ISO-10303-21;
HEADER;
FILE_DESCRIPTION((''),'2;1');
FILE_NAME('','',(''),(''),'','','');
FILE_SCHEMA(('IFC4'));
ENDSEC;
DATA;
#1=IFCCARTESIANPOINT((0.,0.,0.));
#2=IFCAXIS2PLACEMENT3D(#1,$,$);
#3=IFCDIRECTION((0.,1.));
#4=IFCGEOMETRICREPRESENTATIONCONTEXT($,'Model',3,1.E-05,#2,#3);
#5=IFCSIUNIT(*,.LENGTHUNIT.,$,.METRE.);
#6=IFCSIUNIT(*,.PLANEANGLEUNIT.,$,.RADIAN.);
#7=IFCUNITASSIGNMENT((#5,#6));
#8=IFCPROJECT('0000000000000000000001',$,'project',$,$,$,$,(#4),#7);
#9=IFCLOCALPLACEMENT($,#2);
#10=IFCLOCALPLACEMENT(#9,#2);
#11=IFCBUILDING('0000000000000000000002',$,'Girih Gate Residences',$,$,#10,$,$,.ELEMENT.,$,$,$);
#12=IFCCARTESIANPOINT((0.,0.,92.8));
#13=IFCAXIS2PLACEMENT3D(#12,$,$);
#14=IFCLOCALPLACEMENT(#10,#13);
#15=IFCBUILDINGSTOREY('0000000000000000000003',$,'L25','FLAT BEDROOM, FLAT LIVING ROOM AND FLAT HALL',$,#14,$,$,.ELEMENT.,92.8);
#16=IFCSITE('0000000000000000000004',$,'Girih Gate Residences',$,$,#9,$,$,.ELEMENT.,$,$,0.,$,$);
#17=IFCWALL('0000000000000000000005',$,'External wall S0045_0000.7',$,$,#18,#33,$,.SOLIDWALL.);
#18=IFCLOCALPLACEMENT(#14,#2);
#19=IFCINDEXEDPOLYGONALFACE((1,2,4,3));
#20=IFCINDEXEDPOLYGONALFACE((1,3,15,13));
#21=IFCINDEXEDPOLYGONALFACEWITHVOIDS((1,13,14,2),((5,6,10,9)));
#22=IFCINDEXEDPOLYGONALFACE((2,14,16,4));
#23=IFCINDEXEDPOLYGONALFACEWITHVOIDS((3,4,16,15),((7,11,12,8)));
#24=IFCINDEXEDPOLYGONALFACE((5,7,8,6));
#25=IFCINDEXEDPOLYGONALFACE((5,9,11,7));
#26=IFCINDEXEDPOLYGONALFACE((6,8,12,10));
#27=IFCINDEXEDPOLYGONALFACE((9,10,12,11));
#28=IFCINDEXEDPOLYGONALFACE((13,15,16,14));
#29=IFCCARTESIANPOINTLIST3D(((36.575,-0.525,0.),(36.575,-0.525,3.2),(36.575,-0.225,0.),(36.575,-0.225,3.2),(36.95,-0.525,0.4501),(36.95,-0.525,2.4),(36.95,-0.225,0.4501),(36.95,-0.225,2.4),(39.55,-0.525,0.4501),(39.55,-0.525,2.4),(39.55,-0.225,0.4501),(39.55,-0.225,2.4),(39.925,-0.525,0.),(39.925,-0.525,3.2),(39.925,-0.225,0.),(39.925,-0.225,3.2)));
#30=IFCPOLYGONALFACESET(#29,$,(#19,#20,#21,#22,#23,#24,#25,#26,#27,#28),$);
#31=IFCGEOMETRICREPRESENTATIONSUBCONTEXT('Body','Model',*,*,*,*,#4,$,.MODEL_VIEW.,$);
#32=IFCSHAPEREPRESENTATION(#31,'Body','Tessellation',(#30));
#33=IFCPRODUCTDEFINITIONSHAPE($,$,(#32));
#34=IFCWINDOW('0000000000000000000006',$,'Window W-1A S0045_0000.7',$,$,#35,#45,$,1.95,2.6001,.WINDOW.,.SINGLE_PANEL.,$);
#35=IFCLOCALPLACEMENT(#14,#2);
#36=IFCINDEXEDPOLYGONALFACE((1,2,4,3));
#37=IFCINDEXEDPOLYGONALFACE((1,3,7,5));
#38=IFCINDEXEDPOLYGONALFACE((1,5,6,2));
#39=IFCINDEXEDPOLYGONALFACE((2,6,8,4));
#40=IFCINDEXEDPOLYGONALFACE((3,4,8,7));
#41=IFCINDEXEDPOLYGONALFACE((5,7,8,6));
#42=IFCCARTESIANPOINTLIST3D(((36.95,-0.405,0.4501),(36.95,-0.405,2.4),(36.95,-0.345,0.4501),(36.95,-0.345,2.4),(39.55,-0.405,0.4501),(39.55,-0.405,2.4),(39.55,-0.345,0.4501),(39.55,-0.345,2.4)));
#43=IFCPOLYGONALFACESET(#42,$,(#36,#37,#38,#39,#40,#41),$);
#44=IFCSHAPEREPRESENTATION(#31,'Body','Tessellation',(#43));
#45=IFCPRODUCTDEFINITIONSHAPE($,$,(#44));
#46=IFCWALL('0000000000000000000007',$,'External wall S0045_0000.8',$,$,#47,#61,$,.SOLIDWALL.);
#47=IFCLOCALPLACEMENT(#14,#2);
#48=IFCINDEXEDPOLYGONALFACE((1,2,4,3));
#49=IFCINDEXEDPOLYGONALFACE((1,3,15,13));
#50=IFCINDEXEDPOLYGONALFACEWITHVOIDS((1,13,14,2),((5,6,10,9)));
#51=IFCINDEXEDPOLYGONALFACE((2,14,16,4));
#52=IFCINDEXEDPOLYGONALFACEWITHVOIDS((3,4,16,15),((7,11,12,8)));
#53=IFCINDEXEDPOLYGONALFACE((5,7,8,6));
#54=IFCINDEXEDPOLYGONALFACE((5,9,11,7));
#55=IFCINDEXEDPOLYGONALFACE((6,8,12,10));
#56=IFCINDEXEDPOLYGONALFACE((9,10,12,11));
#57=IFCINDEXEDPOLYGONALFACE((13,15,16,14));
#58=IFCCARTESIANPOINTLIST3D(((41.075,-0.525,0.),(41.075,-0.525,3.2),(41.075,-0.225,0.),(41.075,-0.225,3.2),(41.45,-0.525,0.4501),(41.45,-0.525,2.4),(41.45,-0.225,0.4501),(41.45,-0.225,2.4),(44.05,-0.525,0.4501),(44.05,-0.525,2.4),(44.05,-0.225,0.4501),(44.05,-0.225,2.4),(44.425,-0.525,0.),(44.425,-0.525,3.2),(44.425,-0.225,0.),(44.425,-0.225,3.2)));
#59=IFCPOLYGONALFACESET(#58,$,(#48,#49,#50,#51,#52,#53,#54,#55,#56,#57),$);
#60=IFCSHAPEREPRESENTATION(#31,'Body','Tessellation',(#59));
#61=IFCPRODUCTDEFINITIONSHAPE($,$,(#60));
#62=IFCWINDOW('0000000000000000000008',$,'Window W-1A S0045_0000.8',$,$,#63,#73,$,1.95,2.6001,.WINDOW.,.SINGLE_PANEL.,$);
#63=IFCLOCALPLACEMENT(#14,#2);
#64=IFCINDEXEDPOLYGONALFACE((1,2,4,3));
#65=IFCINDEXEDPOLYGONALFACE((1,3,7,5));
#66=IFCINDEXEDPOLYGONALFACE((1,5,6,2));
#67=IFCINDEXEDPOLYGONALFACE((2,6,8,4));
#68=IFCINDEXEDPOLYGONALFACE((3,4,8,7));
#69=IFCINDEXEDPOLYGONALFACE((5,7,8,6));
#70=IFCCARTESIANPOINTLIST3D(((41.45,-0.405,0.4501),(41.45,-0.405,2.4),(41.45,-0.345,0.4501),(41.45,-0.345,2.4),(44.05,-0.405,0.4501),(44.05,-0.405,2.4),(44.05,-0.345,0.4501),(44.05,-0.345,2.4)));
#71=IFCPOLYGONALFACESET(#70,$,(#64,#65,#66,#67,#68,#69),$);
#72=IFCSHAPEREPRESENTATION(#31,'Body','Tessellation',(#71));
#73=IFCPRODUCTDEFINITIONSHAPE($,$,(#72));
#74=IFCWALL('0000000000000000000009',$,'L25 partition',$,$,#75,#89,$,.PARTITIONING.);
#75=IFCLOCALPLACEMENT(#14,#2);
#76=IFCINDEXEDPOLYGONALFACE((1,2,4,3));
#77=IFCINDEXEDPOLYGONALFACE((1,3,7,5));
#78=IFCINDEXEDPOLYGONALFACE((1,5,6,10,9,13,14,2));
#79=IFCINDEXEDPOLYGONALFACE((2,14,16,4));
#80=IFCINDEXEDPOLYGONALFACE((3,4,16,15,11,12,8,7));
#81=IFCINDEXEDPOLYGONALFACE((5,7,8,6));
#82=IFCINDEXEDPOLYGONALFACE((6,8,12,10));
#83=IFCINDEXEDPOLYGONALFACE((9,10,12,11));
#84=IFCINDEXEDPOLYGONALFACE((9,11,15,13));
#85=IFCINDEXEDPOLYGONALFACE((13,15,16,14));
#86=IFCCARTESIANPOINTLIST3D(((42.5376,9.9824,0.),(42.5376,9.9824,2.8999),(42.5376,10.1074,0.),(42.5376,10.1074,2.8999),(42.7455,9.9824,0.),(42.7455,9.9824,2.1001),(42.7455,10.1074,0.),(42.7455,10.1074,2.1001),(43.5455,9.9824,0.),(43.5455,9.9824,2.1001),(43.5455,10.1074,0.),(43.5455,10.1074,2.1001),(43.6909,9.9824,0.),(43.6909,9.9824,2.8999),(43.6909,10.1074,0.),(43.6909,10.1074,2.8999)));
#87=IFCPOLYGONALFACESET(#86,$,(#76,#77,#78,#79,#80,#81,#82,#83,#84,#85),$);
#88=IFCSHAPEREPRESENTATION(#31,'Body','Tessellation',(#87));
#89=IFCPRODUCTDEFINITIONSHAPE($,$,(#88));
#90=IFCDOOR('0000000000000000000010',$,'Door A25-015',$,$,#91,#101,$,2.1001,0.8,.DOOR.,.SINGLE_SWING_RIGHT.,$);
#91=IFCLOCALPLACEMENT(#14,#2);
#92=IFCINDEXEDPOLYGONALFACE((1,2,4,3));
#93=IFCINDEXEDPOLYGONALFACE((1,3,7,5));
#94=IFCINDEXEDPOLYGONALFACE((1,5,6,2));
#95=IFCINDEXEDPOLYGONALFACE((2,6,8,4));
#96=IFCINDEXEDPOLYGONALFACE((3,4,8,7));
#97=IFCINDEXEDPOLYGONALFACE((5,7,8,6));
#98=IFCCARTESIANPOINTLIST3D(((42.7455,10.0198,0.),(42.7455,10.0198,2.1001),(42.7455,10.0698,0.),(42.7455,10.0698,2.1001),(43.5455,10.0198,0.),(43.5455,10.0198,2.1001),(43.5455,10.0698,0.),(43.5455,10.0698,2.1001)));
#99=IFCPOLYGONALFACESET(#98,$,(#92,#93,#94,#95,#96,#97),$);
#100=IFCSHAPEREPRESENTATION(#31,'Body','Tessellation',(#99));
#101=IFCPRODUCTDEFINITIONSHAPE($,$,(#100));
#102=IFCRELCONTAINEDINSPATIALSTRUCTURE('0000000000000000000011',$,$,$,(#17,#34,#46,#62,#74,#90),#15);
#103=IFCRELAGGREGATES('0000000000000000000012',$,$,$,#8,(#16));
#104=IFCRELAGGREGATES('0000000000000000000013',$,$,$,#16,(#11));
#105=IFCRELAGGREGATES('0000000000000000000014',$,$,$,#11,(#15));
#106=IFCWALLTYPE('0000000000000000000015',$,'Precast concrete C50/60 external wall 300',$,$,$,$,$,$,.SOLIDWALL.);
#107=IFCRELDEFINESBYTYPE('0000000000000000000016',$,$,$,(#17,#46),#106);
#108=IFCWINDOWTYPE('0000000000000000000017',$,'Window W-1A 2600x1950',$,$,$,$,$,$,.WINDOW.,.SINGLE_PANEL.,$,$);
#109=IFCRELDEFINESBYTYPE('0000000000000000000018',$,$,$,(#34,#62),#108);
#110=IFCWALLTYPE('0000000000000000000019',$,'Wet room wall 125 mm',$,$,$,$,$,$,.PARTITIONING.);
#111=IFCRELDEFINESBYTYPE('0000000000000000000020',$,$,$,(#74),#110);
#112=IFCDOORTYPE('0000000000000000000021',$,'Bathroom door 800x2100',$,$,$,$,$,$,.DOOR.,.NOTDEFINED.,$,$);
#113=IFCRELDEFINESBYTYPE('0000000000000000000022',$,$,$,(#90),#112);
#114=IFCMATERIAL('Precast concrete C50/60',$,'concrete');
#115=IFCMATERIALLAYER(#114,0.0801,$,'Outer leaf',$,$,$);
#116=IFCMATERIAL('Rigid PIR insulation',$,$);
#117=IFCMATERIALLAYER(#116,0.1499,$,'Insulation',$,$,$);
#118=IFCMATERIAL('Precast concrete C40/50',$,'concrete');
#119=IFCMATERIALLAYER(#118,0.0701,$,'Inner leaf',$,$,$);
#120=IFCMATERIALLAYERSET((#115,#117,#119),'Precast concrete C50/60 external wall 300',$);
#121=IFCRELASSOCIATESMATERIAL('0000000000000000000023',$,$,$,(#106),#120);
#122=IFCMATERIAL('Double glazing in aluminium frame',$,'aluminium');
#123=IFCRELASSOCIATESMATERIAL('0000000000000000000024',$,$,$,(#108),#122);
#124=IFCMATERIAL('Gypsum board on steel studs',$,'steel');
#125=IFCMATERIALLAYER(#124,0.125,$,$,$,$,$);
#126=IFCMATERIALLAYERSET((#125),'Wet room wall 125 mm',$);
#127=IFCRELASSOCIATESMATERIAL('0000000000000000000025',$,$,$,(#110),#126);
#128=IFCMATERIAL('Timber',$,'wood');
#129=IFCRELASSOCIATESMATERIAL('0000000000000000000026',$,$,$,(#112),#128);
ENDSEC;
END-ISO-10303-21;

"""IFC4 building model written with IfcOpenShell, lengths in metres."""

from ifc_helpers import new_model, si_unit, direction, frame, frame_2d, origin, place, context, subcontext, project, spatial, rectangle, extrude, material, layer, layer_set, type_object, element, fill, save


model = new_model("IFC4")

# Units and contexts
model_context = context("Model", 3, precision=1e-05, world=origin(), true_north=direction((0.0, 1.0)))
body_context = subcontext(model_context, "Body", "Model", "MODEL_VIEW")
ifc_project = project(units=[si_unit("LENGTHUNIT", "METRE"), si_unit("PLANEANGLEUNIT", "RADIAN")], contexts=[model_context])

# Site, building, storey
site_placement = place(None, origin())
site = spatial("IfcSite", under=ifc_project, at=site_placement, Name="Girih Gate Residences", CompositionType="ELEMENT", RefElevation=0.0)
building_placement = place(site_placement, origin())
building = spatial("IfcBuilding", under=site, at=building_placement, Name="Girih Gate Residences", CompositionType="ELEMENT")
storey_placement = place(building_placement, frame((0.0, 0.0, 92.8)))
storey = spatial("IfcBuildingStorey", under=building, at=storey_placement, Name="L25", Description="FLAT BEDROOM, FLAT LIVING ROOM AND FLAT HALL", CompositionType="ELEMENT", Elevation=92.8)

# Shared definitions
ifc_material_1 = material(Name="Gypsum board on steel studs", Category="steel")
ifc_material_2 = material(Name="Timber", Category="wood")

# Walls, openings, windows
ifc_material_3 = material(Name="Precast concrete C50/60", Category="concrete")
ifc_layer_1 = layer(ifc_material_3, 0.0801, Name="Outer leaf")
ifc_material_4 = material(Name="Rigid PIR insulation")
ifc_layer_2 = layer(ifc_material_4, 0.1499, Name="Insulation")
ifc_material_5 = material(Name="Precast concrete C40/50", Category="concrete")
ifc_layer_3 = layer(ifc_material_5, 0.0701, Name="Inner leaf")
ifc_layer_set_1 = layer_set([ifc_layer_1, ifc_layer_2, ifc_layer_3], Name="Precast concrete C50/60 external wall 300")
wall_type_1 = type_object("IfcWallType", Name="Precast concrete C50/60 external wall 300", PredefinedType="SOLIDWALL", material=ifc_layer_set_1)
wall_1_placement = place(storey_placement, frame((39.925, -0.375, 0.0), z_axis=(0.0, 0.0, 1.0), x_axis=(-1.0, 0.0, 0.0)))
wall_1 = element("IfcWall", 1, at=wall_1_placement, inside=storey, type_object=wall_type_1, Name="External wall S0045_0000.7", PredefinedType="SOLIDWALL", context=body_context, shape_type="SweptSolid", body=[
    extrude(rectangle(XDim=3.3501, YDim=0.3, at=frame_2d((1.675, 0.0))), origin(), (0.0, 0.0, 1.0), 3.2),
])
opening_1_placement = place(wall_1_placement, frame((0.375, 0.0, 0.45)))
opening_1 = element("IfcOpeningElement", 2, at=opening_1_placement, cuts=wall_1, PredefinedType="OPENING", context=body_context, shape_type="SweptSolid", body=[
    extrude(rectangle(XDim=2.6001, YDim=1.95, at=frame_2d((1.3, 0.9751))), frame((0.0, 0.1599, 0.0), z_axis=(0.0, -1.0, 0.0), x_axis=(1.0, 0.0, 0.0)), (0.0, 0.0, 1.0), 0.3201),
])
ifc_material_6 = material(Name="Double glazing in aluminium frame", Category="aluminium")
window_type = type_object("IfcWindowType", Name="Window W-1A 2600x1950", PartitioningType="SINGLE_PANEL", PredefinedType="WINDOW", material=ifc_material_6)
window_1_placement = place(opening_1_placement, origin())
window_1 = element("IfcWindow", 3, at=window_1_placement, inside=storey, type_object=window_type, Name="Window W-1A S0045_0000.7", OverallHeight=1.95, OverallWidth=2.6001, PartitioningType="SINGLE_PANEL", PredefinedType="WINDOW", context=body_context, shape_type="SweptSolid", body=[
    extrude(rectangle(XDim=2.6001, YDim=1.95, at=frame_2d((1.3, 0.9751))), frame((0.0, 0.03, 0.0), z_axis=(0.0, -1.0, 0.0), x_axis=(1.0, 0.0, 0.0)), (0.0, 0.0, 1.0), 0.0601),
])
fill(opening_1, window_1)
wall_2_placement = place(storey_placement, frame((44.425, -0.375, 0.0), z_axis=(0.0, 0.0, 1.0), x_axis=(-1.0, 0.0, 0.0)))
wall_2 = element("IfcWall", 4, at=wall_2_placement, inside=storey, type_object=wall_type_1, Name="External wall S0045_0000.8", PredefinedType="SOLIDWALL", context=body_context, shape_type="SweptSolid", body=[
    extrude(rectangle(XDim=3.3501, YDim=0.3, at=frame_2d((1.675, 0.0))), origin(), (0.0, 0.0, 1.0), 3.2),
])
opening_2_placement = place(wall_2_placement, frame((0.375, 0.0, 0.45)))
opening_2 = element("IfcOpeningElement", 5, at=opening_2_placement, cuts=wall_2, PredefinedType="OPENING", context=body_context, shape_type="SweptSolid", body=[
    extrude(rectangle(XDim=2.6001, YDim=1.95, at=frame_2d((1.3, 0.9751))), frame((0.0, 0.1599, 0.0), z_axis=(0.0, -1.0, 0.0), x_axis=(1.0, 0.0, 0.0)), (0.0, 0.0, 1.0), 0.3201),
])
window_2_placement = place(opening_2_placement, origin())
window_2 = element("IfcWindow", 6, at=window_2_placement, inside=storey, type_object=window_type, Name="Window W-1A S0045_0000.8", OverallHeight=1.95, OverallWidth=2.6001, PartitioningType="SINGLE_PANEL", PredefinedType="WINDOW", context=body_context, shape_type="SweptSolid", body=[
    extrude(rectangle(XDim=2.6001, YDim=1.95, at=frame_2d((1.3, 0.9751))), frame((0.0, 0.03, 0.0), z_axis=(0.0, -1.0, 0.0), x_axis=(1.0, 0.0, 0.0)), (0.0, 0.0, 1.0), 0.0601),
])
fill(opening_2, window_2)

# Wall, opening, door
ifc_layer_4 = layer(ifc_material_1, 0.125)
ifc_layer_set_2 = layer_set([ifc_layer_4], Name="Wet room wall 125 mm")
wall_type_2 = type_object("IfcWallType", Name="Wet room wall 125 mm", PredefinedType="PARTITIONING", material=ifc_layer_set_2)
wall_3_placement = place(storey_placement, frame((42.5376, 10.0449, 0.0), z_axis=(0.0, 0.0, 1.0), x_axis=(1.0, 0.0, 0.0)))
wall_3 = element("IfcWall", 7, at=wall_3_placement, inside=storey, type_object=wall_type_2, Name="L25 partition", PredefinedType="PARTITIONING", context=body_context, shape_type="SweptSolid", body=[
    extrude(rectangle(XDim=1.1533, YDim=0.125, at=frame_2d((0.5767, 0.0))), origin(), (0.0, 0.0, 1.0), 2.8999),
])
opening_3_placement = place(wall_3_placement, frame((0.208, 0.0, 0.0)))
opening_3 = element("IfcOpeningElement", 8, at=opening_3_placement, cuts=wall_3, PredefinedType="OPENING", context=body_context, shape_type="SweptSolid", body=[
    extrude(rectangle(XDim=0.8, YDim=2.1001, at=frame_2d((0.3999, 1.05))), frame((0.0, 0.0725, 0.0), z_axis=(0.0, -1.0, 0.0), x_axis=(1.0, 0.0, 0.0)), (0.0, 0.0, 1.0), 0.145),
])
door_type_1 = type_object("IfcDoorType", Name="Bathroom door 800x2100", OperationType="NOTDEFINED", PredefinedType="DOOR", material=ifc_material_2)
door_1_placement = place(opening_3_placement, origin())
door_1 = element("IfcDoor", 9, at=door_1_placement, inside=storey, type_object=door_type_1, Name="Door A25-015", OperationType="SINGLE_SWING_RIGHT", OverallHeight=2.1001, OverallWidth=0.8, PredefinedType="DOOR", context=body_context, shape_type="SweptSolid", body=[
    extrude(rectangle(XDim=0.8, YDim=2.1001, at=frame_2d((0.3999, 1.05))), frame((0.0, 0.0249, 0.0), z_axis=(0.0, -1.0, 0.0), x_axis=(1.0, 0.0, 0.0)), (0.0, 0.0, 1.0), 0.05),
])
fill(opening_3, door_1)

save(model, "model.ifc")
